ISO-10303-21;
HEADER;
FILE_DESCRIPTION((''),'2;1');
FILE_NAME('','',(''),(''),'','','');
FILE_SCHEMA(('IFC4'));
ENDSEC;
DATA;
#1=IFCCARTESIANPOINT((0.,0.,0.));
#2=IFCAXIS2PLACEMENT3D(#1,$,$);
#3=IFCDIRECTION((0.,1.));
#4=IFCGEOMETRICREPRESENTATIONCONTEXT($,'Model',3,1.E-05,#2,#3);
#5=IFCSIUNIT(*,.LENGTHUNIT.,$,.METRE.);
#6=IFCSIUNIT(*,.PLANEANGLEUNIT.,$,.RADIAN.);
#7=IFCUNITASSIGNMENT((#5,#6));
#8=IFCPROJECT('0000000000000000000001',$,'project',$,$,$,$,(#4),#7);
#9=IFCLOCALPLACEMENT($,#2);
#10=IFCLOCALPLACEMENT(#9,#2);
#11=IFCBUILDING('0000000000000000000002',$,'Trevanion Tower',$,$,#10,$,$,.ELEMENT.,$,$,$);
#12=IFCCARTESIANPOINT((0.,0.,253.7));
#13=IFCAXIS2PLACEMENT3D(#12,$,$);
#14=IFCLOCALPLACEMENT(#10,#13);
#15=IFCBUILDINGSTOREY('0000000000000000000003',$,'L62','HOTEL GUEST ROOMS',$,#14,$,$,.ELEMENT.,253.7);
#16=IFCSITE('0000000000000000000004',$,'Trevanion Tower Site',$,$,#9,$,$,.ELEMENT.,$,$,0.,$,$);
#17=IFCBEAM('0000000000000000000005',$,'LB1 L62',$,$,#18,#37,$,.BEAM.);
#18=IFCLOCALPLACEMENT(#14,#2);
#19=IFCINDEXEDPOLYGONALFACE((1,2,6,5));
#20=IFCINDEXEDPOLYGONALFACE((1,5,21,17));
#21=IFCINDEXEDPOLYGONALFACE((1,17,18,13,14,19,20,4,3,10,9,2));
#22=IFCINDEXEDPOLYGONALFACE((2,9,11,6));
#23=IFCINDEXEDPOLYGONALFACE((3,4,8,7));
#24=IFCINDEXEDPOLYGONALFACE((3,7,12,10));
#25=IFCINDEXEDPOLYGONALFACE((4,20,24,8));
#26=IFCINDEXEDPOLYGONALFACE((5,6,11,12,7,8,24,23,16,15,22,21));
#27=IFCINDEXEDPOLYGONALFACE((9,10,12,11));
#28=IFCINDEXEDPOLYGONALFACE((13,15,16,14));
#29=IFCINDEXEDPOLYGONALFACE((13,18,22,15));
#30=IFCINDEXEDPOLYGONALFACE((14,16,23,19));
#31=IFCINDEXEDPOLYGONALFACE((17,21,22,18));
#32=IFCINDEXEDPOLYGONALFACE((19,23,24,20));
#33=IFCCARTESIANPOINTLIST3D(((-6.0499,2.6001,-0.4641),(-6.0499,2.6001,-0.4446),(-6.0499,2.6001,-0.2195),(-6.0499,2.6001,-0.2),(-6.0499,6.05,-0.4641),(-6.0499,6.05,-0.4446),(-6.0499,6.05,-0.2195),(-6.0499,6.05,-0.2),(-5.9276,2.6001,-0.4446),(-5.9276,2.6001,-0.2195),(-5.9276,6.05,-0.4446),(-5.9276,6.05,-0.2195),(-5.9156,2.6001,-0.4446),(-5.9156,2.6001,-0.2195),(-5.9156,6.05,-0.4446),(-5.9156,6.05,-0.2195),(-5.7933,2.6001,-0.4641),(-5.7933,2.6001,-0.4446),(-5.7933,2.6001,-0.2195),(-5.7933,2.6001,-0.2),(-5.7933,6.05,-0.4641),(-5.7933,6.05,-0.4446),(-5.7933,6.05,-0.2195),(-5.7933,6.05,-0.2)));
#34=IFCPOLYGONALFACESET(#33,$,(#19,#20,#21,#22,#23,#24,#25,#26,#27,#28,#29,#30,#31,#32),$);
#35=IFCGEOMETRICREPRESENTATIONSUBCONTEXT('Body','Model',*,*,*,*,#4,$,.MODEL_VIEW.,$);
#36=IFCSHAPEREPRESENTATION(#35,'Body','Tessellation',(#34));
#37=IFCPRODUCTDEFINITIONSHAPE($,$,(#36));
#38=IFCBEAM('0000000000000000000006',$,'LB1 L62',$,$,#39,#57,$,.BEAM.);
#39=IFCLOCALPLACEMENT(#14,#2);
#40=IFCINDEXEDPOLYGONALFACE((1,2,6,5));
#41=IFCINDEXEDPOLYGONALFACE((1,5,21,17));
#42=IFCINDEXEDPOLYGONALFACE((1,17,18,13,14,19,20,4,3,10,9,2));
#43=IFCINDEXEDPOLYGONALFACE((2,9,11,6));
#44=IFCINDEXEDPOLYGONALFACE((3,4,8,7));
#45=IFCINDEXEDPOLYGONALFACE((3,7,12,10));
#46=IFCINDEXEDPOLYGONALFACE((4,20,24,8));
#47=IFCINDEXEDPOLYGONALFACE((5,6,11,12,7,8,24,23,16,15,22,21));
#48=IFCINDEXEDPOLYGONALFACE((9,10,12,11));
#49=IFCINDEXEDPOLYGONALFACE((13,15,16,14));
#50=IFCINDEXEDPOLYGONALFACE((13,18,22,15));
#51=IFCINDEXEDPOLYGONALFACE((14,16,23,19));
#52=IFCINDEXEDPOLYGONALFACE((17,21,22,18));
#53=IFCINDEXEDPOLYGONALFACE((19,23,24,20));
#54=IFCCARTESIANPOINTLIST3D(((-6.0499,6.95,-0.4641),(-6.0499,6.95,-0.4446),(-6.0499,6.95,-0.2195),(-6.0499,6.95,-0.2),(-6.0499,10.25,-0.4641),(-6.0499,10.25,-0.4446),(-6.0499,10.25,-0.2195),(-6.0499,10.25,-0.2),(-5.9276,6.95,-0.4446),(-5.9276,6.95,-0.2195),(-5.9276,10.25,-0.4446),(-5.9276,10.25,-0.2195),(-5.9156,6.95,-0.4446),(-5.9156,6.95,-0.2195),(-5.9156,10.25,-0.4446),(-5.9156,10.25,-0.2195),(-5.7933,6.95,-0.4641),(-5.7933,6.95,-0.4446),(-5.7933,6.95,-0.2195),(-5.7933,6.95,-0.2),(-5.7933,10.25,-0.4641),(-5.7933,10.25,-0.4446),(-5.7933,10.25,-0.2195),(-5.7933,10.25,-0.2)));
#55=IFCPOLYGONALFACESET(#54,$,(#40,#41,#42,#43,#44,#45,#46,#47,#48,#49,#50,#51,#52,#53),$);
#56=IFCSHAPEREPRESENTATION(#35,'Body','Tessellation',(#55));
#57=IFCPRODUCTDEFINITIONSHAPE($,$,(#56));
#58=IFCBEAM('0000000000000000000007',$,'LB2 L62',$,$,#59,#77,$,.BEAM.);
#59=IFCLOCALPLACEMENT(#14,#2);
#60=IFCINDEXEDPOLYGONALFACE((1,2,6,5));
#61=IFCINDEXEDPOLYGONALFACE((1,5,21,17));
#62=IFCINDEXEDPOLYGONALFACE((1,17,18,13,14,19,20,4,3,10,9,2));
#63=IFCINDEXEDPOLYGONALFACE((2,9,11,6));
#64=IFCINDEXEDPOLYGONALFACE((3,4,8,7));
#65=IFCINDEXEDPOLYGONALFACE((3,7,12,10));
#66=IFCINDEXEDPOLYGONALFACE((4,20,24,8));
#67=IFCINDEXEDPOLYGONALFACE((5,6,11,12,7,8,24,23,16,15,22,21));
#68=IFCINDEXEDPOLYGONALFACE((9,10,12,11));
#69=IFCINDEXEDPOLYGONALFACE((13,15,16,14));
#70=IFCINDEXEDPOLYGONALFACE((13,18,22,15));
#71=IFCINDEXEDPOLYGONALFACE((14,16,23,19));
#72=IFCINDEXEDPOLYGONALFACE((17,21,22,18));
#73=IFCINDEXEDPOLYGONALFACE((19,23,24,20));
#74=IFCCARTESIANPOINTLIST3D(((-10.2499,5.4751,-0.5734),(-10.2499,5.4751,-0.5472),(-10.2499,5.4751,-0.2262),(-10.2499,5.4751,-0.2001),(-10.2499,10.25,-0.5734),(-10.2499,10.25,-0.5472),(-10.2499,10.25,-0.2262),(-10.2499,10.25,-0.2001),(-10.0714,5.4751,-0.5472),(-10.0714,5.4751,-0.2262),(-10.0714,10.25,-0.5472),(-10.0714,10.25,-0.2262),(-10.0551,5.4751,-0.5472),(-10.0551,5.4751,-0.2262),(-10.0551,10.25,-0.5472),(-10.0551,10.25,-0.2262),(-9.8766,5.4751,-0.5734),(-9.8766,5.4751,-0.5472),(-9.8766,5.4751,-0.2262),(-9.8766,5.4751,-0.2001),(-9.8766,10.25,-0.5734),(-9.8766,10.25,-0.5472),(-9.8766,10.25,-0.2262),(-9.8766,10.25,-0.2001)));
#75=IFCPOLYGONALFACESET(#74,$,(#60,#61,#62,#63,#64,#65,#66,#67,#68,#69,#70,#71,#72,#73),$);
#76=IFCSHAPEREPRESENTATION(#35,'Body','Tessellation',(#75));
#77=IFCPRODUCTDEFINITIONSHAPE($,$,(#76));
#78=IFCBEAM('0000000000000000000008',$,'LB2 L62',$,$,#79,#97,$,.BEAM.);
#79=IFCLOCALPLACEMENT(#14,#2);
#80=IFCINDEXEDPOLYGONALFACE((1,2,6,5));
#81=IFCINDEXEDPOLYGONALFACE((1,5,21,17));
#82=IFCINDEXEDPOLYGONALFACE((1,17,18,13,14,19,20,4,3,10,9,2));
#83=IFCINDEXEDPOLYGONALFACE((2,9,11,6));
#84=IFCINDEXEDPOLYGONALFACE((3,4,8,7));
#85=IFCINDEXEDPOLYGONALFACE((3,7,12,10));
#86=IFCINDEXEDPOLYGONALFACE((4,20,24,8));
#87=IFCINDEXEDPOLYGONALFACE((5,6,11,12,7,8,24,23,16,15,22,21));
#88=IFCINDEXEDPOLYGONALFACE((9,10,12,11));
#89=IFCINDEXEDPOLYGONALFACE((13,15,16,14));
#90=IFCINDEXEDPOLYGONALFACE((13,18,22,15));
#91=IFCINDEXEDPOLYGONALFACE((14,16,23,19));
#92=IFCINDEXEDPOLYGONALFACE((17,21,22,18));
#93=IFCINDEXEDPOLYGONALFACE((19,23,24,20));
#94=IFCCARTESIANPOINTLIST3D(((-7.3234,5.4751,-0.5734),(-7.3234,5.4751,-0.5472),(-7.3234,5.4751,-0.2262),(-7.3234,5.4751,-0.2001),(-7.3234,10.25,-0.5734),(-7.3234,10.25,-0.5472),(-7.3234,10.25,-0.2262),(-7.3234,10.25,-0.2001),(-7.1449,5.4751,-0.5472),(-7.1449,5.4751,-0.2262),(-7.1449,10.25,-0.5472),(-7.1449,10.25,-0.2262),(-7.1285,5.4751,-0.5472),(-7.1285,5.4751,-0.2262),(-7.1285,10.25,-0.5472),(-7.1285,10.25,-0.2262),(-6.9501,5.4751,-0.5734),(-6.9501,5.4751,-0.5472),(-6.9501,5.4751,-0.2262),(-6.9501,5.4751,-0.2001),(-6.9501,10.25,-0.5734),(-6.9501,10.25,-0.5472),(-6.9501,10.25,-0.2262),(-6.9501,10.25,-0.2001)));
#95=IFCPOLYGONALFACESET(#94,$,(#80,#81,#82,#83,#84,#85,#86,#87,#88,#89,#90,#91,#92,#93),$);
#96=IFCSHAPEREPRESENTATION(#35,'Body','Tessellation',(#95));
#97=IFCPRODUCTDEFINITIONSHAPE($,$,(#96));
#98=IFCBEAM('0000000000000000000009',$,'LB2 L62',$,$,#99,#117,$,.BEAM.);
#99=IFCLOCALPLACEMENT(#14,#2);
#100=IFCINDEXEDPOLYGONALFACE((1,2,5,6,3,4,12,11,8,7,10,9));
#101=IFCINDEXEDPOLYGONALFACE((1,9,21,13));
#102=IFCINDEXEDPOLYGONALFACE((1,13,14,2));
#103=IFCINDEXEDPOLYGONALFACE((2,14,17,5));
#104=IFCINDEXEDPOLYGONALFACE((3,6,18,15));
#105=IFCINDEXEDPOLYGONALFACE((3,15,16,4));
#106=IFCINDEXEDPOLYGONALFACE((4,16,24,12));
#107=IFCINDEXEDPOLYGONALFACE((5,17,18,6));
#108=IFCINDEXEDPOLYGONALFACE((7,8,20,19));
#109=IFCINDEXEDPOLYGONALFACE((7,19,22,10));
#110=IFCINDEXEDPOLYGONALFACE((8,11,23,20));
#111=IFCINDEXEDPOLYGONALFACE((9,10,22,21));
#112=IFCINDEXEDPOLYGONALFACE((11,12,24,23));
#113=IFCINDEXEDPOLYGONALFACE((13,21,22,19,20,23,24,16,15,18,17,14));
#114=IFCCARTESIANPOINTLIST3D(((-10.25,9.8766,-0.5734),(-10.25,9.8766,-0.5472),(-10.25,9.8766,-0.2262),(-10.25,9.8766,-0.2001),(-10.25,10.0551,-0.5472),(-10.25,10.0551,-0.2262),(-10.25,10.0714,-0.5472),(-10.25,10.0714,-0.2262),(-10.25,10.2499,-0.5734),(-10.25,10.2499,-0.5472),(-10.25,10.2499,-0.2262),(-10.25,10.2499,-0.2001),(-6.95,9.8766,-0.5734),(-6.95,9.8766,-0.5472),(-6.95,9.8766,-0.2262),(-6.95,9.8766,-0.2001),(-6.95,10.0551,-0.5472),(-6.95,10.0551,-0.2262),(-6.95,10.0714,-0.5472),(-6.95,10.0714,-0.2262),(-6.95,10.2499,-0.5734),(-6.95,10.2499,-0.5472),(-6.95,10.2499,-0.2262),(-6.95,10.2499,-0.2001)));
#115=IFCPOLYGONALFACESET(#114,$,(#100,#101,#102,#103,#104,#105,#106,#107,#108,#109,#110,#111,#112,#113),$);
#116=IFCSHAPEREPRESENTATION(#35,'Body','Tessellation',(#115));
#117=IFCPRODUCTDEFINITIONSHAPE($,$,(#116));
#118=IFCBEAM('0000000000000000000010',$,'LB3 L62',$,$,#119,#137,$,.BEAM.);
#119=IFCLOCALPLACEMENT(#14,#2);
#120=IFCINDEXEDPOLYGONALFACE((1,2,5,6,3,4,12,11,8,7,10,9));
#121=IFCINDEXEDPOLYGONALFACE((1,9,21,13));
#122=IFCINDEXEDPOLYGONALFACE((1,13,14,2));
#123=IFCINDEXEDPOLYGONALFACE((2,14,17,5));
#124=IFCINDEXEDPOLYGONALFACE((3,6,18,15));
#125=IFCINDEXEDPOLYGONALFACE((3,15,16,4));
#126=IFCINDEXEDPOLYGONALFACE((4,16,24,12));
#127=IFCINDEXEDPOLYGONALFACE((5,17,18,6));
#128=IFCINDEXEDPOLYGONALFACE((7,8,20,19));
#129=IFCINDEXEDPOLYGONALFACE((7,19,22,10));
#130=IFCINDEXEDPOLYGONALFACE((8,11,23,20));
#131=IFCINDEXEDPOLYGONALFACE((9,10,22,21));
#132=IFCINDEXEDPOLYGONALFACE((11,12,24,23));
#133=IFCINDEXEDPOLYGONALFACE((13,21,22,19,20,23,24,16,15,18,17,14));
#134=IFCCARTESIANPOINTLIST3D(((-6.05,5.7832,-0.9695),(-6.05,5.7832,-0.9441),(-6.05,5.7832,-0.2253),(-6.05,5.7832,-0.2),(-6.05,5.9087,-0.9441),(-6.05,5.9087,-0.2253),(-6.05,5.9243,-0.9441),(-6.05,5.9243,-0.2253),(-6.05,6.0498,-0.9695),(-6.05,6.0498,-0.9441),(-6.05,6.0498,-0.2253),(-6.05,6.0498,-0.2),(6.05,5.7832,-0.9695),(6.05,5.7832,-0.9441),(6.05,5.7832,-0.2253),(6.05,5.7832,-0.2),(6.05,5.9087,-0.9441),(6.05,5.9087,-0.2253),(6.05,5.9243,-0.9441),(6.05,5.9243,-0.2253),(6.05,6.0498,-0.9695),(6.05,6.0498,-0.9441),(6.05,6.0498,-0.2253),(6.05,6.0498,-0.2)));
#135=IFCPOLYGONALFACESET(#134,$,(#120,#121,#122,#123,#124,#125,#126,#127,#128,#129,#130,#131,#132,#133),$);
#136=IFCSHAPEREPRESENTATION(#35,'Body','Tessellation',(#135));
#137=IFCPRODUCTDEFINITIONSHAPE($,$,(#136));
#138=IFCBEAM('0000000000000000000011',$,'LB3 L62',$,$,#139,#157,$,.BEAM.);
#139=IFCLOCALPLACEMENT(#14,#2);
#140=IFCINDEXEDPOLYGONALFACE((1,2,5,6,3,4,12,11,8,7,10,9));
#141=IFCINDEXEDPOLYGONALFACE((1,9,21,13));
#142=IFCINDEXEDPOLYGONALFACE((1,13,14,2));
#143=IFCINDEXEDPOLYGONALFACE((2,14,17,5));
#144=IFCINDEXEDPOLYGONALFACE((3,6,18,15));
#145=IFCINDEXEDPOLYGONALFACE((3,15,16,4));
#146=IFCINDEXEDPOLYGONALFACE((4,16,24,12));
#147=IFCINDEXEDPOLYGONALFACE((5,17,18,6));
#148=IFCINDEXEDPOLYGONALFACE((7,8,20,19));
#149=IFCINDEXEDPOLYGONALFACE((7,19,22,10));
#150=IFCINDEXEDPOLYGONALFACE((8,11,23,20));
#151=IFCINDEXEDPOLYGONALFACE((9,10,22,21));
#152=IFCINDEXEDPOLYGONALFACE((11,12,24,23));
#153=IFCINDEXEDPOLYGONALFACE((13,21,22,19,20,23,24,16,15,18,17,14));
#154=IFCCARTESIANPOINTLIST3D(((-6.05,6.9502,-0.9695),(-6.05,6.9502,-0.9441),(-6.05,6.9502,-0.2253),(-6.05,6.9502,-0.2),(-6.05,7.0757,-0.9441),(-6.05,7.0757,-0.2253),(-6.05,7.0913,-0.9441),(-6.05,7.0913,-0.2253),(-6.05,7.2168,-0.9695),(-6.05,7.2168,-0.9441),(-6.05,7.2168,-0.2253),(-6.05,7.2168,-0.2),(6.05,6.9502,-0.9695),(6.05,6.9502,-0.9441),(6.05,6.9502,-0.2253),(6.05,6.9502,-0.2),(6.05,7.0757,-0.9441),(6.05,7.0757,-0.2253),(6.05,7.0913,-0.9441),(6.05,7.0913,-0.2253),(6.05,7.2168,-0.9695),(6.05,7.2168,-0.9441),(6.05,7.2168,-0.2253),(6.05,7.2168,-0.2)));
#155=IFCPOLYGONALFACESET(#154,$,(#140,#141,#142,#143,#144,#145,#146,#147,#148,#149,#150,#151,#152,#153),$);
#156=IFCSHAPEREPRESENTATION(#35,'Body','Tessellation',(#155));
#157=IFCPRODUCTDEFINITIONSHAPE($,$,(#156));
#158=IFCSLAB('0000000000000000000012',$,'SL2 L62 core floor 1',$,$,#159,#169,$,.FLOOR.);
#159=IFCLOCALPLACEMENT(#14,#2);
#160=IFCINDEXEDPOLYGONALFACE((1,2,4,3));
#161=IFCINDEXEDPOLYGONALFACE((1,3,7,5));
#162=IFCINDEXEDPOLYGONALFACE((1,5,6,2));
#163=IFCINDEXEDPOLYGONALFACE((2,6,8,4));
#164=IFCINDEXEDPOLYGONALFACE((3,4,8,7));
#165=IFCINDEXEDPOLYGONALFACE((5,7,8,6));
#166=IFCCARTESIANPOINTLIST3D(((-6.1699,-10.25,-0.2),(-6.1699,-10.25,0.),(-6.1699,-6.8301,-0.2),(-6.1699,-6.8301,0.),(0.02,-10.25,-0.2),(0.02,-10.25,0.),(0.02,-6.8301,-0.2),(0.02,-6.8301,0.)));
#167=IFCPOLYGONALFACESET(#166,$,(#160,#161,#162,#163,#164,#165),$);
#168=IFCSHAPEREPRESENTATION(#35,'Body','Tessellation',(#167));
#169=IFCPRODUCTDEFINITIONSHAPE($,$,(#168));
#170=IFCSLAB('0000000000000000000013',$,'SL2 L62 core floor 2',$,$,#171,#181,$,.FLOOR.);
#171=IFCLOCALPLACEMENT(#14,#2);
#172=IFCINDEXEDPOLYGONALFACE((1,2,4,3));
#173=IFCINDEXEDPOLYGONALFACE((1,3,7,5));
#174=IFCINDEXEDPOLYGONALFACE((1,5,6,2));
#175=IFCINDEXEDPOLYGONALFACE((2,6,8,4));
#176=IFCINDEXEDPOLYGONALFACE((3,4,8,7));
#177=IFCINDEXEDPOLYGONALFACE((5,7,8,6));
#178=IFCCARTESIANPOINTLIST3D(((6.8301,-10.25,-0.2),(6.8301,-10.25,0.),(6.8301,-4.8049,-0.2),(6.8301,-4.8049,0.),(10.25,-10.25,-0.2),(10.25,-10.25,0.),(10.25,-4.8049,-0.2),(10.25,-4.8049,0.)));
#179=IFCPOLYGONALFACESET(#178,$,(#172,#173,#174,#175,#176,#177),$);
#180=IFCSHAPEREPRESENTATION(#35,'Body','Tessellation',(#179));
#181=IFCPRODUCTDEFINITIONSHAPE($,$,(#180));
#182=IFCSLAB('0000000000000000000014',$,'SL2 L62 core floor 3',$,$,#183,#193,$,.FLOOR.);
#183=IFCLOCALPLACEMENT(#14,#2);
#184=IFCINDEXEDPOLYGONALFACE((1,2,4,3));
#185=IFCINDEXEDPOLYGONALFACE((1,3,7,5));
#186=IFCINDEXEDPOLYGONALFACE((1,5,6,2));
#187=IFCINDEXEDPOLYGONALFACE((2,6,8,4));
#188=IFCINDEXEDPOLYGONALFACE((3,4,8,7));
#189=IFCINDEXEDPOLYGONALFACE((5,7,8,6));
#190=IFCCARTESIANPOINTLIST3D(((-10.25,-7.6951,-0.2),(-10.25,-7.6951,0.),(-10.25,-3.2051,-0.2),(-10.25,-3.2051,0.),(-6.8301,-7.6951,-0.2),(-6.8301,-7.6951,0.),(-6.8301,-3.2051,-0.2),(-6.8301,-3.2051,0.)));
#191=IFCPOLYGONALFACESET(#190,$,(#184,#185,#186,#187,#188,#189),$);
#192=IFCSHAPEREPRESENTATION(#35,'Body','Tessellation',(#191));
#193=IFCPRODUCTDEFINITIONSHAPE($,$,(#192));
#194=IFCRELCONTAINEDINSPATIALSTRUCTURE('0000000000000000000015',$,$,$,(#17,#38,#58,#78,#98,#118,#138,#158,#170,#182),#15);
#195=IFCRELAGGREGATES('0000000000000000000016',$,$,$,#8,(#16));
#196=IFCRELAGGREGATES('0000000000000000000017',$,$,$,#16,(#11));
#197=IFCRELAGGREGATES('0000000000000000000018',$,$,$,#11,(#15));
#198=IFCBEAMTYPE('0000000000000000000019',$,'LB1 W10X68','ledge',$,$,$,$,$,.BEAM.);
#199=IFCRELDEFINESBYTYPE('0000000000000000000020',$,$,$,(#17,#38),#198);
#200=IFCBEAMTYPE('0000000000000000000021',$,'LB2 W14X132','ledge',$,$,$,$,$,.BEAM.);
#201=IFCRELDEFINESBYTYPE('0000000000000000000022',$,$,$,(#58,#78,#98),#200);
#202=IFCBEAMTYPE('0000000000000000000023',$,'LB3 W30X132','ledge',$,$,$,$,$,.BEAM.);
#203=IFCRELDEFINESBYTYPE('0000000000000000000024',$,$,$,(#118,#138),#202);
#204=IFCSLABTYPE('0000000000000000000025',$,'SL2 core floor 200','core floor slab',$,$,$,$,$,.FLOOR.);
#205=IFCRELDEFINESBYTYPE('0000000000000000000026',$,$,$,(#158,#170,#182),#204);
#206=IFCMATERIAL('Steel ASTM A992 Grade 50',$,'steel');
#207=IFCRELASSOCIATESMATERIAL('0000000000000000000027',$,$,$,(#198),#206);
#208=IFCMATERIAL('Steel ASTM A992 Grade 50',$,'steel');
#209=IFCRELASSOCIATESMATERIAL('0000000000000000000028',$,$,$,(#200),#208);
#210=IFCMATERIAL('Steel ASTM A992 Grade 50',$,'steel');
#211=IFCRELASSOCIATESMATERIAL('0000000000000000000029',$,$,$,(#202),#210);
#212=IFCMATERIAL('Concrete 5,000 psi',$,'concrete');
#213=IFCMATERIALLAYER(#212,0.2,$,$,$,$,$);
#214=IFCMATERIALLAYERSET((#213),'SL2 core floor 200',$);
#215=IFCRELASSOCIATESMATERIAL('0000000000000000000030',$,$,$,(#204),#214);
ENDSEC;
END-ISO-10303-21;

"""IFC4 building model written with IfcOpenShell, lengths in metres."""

from ifc_helpers import new_model, si_unit, direction, frame, origin, origin_2d, place, context, subcontext, project, spatial, polyline, i_section, outline, extrude, material, layer, layer_set, material_profile, profile_set, type_object, element, save


model = new_model("IFC4")

# Units and contexts
model_context = context("Model", 3, precision=1e-05, world=origin(), true_north=direction((0.0, 1.0)))
body_context = subcontext(model_context, "Body", "Model", "MODEL_VIEW")
ifc_project = project(units=[si_unit("LENGTHUNIT", "METRE"), si_unit("PLANEANGLEUNIT", "RADIAN")], contexts=[model_context])

# Site, building, storey
site_placement = place(None, origin())
site = spatial("IfcSite", under=ifc_project, at=site_placement, Name="Trevanion Tower Site", CompositionType="ELEMENT", RefElevation=0.0)
building_placement = place(site_placement, origin())
building = spatial("IfcBuilding", under=site, at=building_placement, Name="Trevanion Tower", CompositionType="ELEMENT")
storey_placement = place(building_placement, frame((0.0, 0.0, 253.7)))
storey = spatial("IfcBuildingStorey", under=building, at=storey_placement, Name="L62", Description="HOTEL GUEST ROOMS", CompositionType="ELEMENT", Elevation=253.7)

# Beams
ifc_material_1 = material(Name="Steel ASTM A992 Grade 50", Category="steel")
ifc_material_profile_1 = material_profile(ifc_material_1, i_section(OverallWidth=0.2566, OverallDepth=0.2642, WebThickness=0.012, FlangeThickness=0.0195, at=origin_2d()), Name="W10X68")
ifc_profile_set_1 = profile_set([ifc_material_profile_1], Name="Steel ASTM A992 Grade 50")
beam_type_1 = type_object("IfcBeamType", Name="LB1 W10X68", Description="ledge", PredefinedType="BEAM", material=ifc_profile_set_1)
beam_1_placement = place(storey_placement, frame((-5.9216, 2.6001, -0.332), z_axis=(0.0, 1.0, 0.0), x_axis=(-1.0, 0.0, 0.0)))
element("IfcBeam", 1, at=beam_1_placement, inside=storey, type_object=beam_type_1, Name="LB1 L62", PredefinedType="BEAM", context=body_context, shape_type="SweptSolid", body=[
    extrude(i_section(OverallWidth=0.2566, OverallDepth=0.2642, WebThickness=0.012, FlangeThickness=0.0195, at=origin_2d()), origin(), (0.0, 0.0, 1.0), 3.45),
])
beam_2_placement = place(storey_placement, frame((-5.9216, 6.95, -0.332), z_axis=(0.0, 1.0, 0.0), x_axis=(-1.0, 0.0, 0.0)))
element("IfcBeam", 2, at=beam_2_placement, inside=storey, type_object=beam_type_1, Name="LB1 L62", PredefinedType="BEAM", context=body_context, shape_type="SweptSolid", body=[
    extrude(i_section(OverallWidth=0.2566, OverallDepth=0.2642, WebThickness=0.012, FlangeThickness=0.0195, at=origin_2d()), origin(), (0.0, 0.0, 1.0), 3.3),
])
ifc_material_2 = material(Name="Steel ASTM A992 Grade 50", Category="steel")
ifc_material_profile_2 = material_profile(ifc_material_2, i_section(OverallWidth=0.3733, OverallDepth=0.3733, WebThickness=0.0164, FlangeThickness=0.0261, at=origin_2d()), Name="W14X132")
ifc_profile_set_2 = profile_set([ifc_material_profile_2], Name="Steel ASTM A992 Grade 50")
beam_type_2 = type_object("IfcBeamType", Name="LB2 W14X132", Description="ledge", PredefinedType="BEAM", material=ifc_profile_set_2)
for number, where, z_axis, x_axis, name in (
    (3, (-10.0632, 5.4751, -0.3867), (0.0, 1.0, 0.0), (-1.0, 0.0, 0.0), "LB2 L62"),
    (4, (-7.1367, 5.4751, -0.3867), (0.0, 1.0, 0.0), (-1.0, 0.0, 0.0), "LB2 L62"),
):
    element("IfcBeam", number, at=place(storey_placement, frame(where, z_axis=z_axis, x_axis=x_axis)), inside=storey, type_object=beam_type_2, Name=name, PredefinedType="BEAM", context=body_context, shape_type="SweptSolid", body=[
        extrude(i_section(OverallWidth=0.3733, OverallDepth=0.3733, WebThickness=0.0164, FlangeThickness=0.0261, at=origin_2d()), origin(), (0.0, 0.0, 1.0), 4.7749),
    ])
beam_3_placement = place(storey_placement, frame((-10.25, 10.0632, -0.3867), z_axis=(1.0, 0.0, 0.0), x_axis=(0.0, 1.0, 0.0)))
element("IfcBeam", 5, at=beam_3_placement, inside=storey, type_object=beam_type_2, Name="LB2 L62", PredefinedType="BEAM", context=body_context, shape_type="SweptSolid", body=[
    extrude(i_section(OverallWidth=0.3733, OverallDepth=0.3733, WebThickness=0.0164, FlangeThickness=0.0261, at=origin_2d()), origin(), (0.0, 0.0, 1.0), 3.3),
])
ifc_material_3 = material(Name="Steel ASTM A992 Grade 50", Category="steel")
ifc_material_profile_3 = material_profile(ifc_material_3, i_section(OverallWidth=0.2666, OverallDepth=0.7695, WebThickness=0.0156, FlangeThickness=0.0254, at=origin_2d()), Name="W30X132")
ifc_profile_set_3 = profile_set([ifc_material_profile_3], Name="Steel ASTM A992 Grade 50")
beam_type_3 = type_object("IfcBeamType", Name="LB3 W30X132", Description="ledge", PredefinedType="BEAM", material=ifc_profile_set_3)
for number, where, z_axis, x_axis, name in (
    (6, (-6.05, 5.9165, -0.5847), (1.0, 0.0, 0.0), (0.0, 1.0, 0.0), "LB3 L62"),
    (7, (-6.05, 7.0835, -0.5847), (1.0, 0.0, 0.0), (0.0, 1.0, 0.0), "LB3 L62"),
):
    element("IfcBeam", number, at=place(storey_placement, frame(where, z_axis=z_axis, x_axis=x_axis)), inside=storey, type_object=beam_type_3, Name=name, PredefinedType="BEAM", context=body_context, shape_type="SweptSolid", body=[
        extrude(i_section(OverallWidth=0.2666, OverallDepth=0.7695, WebThickness=0.0156, FlangeThickness=0.0254, at=origin_2d()), origin(), (0.0, 0.0, 1.0), 12.1001),
    ])

# Slabs
ifc_material_4 = material(Name="Concrete 5,000 psi", Category="concrete")
ifc_layer_1 = layer(ifc_material_4, 0.2)
ifc_layer_set_1 = layer_set([ifc_layer_1], Name="SL2 core floor 200")
slab_type = type_object("IfcSlabType", Name="SL2 core floor 200", Description="core floor slab", PredefinedType="FLOOR", material=ifc_layer_set_1)
slab_1_placement = place(storey_placement, frame((0.0, 0.0, -0.2)))
element("IfcSlab", 8, at=slab_1_placement, inside=storey, type_object=slab_type, Name="SL2 L62 core floor 1", PredefinedType="FLOOR", context=body_context, shape_type="SweptSolid", body=[
    extrude(outline(polyline([(0.02, -10.25), (-6.1699, -10.25), (-6.1699, -6.8301), (0.02, -6.8301), (0.02, -10.25)])), origin(), (0.0, 0.0, 1.0), 0.2),
])
slab_2_placement = place(storey_placement, frame((0.0, 0.0, -0.2)))
element("IfcSlab", 9, at=slab_2_placement, inside=storey, type_object=slab_type, Name="SL2 L62 core floor 2", PredefinedType="FLOOR", context=body_context, shape_type="SweptSolid", body=[
    extrude(outline(polyline([(6.8301, -4.8049), (10.25, -4.8049), (10.25, -10.25), (6.8301, -10.25), (6.8301, -4.8049)])), origin(), (0.0, 0.0, 1.0), 0.2),
])
slab_3_placement = place(storey_placement, frame((0.0, 0.0, -0.2)))
element("IfcSlab", 10, at=slab_3_placement, inside=storey, type_object=slab_type, Name="SL2 L62 core floor 3", PredefinedType="FLOOR", context=body_context, shape_type="SweptSolid", body=[
    extrude(outline(polyline([(-6.8301, -3.2051), (-6.8301, -7.6951), (-10.25, -7.6951), (-10.25, -3.2051), (-6.8301, -3.2051)])), origin(), (0.0, 0.0, 1.0), 0.2),
])

save(model, "model.ifc")
